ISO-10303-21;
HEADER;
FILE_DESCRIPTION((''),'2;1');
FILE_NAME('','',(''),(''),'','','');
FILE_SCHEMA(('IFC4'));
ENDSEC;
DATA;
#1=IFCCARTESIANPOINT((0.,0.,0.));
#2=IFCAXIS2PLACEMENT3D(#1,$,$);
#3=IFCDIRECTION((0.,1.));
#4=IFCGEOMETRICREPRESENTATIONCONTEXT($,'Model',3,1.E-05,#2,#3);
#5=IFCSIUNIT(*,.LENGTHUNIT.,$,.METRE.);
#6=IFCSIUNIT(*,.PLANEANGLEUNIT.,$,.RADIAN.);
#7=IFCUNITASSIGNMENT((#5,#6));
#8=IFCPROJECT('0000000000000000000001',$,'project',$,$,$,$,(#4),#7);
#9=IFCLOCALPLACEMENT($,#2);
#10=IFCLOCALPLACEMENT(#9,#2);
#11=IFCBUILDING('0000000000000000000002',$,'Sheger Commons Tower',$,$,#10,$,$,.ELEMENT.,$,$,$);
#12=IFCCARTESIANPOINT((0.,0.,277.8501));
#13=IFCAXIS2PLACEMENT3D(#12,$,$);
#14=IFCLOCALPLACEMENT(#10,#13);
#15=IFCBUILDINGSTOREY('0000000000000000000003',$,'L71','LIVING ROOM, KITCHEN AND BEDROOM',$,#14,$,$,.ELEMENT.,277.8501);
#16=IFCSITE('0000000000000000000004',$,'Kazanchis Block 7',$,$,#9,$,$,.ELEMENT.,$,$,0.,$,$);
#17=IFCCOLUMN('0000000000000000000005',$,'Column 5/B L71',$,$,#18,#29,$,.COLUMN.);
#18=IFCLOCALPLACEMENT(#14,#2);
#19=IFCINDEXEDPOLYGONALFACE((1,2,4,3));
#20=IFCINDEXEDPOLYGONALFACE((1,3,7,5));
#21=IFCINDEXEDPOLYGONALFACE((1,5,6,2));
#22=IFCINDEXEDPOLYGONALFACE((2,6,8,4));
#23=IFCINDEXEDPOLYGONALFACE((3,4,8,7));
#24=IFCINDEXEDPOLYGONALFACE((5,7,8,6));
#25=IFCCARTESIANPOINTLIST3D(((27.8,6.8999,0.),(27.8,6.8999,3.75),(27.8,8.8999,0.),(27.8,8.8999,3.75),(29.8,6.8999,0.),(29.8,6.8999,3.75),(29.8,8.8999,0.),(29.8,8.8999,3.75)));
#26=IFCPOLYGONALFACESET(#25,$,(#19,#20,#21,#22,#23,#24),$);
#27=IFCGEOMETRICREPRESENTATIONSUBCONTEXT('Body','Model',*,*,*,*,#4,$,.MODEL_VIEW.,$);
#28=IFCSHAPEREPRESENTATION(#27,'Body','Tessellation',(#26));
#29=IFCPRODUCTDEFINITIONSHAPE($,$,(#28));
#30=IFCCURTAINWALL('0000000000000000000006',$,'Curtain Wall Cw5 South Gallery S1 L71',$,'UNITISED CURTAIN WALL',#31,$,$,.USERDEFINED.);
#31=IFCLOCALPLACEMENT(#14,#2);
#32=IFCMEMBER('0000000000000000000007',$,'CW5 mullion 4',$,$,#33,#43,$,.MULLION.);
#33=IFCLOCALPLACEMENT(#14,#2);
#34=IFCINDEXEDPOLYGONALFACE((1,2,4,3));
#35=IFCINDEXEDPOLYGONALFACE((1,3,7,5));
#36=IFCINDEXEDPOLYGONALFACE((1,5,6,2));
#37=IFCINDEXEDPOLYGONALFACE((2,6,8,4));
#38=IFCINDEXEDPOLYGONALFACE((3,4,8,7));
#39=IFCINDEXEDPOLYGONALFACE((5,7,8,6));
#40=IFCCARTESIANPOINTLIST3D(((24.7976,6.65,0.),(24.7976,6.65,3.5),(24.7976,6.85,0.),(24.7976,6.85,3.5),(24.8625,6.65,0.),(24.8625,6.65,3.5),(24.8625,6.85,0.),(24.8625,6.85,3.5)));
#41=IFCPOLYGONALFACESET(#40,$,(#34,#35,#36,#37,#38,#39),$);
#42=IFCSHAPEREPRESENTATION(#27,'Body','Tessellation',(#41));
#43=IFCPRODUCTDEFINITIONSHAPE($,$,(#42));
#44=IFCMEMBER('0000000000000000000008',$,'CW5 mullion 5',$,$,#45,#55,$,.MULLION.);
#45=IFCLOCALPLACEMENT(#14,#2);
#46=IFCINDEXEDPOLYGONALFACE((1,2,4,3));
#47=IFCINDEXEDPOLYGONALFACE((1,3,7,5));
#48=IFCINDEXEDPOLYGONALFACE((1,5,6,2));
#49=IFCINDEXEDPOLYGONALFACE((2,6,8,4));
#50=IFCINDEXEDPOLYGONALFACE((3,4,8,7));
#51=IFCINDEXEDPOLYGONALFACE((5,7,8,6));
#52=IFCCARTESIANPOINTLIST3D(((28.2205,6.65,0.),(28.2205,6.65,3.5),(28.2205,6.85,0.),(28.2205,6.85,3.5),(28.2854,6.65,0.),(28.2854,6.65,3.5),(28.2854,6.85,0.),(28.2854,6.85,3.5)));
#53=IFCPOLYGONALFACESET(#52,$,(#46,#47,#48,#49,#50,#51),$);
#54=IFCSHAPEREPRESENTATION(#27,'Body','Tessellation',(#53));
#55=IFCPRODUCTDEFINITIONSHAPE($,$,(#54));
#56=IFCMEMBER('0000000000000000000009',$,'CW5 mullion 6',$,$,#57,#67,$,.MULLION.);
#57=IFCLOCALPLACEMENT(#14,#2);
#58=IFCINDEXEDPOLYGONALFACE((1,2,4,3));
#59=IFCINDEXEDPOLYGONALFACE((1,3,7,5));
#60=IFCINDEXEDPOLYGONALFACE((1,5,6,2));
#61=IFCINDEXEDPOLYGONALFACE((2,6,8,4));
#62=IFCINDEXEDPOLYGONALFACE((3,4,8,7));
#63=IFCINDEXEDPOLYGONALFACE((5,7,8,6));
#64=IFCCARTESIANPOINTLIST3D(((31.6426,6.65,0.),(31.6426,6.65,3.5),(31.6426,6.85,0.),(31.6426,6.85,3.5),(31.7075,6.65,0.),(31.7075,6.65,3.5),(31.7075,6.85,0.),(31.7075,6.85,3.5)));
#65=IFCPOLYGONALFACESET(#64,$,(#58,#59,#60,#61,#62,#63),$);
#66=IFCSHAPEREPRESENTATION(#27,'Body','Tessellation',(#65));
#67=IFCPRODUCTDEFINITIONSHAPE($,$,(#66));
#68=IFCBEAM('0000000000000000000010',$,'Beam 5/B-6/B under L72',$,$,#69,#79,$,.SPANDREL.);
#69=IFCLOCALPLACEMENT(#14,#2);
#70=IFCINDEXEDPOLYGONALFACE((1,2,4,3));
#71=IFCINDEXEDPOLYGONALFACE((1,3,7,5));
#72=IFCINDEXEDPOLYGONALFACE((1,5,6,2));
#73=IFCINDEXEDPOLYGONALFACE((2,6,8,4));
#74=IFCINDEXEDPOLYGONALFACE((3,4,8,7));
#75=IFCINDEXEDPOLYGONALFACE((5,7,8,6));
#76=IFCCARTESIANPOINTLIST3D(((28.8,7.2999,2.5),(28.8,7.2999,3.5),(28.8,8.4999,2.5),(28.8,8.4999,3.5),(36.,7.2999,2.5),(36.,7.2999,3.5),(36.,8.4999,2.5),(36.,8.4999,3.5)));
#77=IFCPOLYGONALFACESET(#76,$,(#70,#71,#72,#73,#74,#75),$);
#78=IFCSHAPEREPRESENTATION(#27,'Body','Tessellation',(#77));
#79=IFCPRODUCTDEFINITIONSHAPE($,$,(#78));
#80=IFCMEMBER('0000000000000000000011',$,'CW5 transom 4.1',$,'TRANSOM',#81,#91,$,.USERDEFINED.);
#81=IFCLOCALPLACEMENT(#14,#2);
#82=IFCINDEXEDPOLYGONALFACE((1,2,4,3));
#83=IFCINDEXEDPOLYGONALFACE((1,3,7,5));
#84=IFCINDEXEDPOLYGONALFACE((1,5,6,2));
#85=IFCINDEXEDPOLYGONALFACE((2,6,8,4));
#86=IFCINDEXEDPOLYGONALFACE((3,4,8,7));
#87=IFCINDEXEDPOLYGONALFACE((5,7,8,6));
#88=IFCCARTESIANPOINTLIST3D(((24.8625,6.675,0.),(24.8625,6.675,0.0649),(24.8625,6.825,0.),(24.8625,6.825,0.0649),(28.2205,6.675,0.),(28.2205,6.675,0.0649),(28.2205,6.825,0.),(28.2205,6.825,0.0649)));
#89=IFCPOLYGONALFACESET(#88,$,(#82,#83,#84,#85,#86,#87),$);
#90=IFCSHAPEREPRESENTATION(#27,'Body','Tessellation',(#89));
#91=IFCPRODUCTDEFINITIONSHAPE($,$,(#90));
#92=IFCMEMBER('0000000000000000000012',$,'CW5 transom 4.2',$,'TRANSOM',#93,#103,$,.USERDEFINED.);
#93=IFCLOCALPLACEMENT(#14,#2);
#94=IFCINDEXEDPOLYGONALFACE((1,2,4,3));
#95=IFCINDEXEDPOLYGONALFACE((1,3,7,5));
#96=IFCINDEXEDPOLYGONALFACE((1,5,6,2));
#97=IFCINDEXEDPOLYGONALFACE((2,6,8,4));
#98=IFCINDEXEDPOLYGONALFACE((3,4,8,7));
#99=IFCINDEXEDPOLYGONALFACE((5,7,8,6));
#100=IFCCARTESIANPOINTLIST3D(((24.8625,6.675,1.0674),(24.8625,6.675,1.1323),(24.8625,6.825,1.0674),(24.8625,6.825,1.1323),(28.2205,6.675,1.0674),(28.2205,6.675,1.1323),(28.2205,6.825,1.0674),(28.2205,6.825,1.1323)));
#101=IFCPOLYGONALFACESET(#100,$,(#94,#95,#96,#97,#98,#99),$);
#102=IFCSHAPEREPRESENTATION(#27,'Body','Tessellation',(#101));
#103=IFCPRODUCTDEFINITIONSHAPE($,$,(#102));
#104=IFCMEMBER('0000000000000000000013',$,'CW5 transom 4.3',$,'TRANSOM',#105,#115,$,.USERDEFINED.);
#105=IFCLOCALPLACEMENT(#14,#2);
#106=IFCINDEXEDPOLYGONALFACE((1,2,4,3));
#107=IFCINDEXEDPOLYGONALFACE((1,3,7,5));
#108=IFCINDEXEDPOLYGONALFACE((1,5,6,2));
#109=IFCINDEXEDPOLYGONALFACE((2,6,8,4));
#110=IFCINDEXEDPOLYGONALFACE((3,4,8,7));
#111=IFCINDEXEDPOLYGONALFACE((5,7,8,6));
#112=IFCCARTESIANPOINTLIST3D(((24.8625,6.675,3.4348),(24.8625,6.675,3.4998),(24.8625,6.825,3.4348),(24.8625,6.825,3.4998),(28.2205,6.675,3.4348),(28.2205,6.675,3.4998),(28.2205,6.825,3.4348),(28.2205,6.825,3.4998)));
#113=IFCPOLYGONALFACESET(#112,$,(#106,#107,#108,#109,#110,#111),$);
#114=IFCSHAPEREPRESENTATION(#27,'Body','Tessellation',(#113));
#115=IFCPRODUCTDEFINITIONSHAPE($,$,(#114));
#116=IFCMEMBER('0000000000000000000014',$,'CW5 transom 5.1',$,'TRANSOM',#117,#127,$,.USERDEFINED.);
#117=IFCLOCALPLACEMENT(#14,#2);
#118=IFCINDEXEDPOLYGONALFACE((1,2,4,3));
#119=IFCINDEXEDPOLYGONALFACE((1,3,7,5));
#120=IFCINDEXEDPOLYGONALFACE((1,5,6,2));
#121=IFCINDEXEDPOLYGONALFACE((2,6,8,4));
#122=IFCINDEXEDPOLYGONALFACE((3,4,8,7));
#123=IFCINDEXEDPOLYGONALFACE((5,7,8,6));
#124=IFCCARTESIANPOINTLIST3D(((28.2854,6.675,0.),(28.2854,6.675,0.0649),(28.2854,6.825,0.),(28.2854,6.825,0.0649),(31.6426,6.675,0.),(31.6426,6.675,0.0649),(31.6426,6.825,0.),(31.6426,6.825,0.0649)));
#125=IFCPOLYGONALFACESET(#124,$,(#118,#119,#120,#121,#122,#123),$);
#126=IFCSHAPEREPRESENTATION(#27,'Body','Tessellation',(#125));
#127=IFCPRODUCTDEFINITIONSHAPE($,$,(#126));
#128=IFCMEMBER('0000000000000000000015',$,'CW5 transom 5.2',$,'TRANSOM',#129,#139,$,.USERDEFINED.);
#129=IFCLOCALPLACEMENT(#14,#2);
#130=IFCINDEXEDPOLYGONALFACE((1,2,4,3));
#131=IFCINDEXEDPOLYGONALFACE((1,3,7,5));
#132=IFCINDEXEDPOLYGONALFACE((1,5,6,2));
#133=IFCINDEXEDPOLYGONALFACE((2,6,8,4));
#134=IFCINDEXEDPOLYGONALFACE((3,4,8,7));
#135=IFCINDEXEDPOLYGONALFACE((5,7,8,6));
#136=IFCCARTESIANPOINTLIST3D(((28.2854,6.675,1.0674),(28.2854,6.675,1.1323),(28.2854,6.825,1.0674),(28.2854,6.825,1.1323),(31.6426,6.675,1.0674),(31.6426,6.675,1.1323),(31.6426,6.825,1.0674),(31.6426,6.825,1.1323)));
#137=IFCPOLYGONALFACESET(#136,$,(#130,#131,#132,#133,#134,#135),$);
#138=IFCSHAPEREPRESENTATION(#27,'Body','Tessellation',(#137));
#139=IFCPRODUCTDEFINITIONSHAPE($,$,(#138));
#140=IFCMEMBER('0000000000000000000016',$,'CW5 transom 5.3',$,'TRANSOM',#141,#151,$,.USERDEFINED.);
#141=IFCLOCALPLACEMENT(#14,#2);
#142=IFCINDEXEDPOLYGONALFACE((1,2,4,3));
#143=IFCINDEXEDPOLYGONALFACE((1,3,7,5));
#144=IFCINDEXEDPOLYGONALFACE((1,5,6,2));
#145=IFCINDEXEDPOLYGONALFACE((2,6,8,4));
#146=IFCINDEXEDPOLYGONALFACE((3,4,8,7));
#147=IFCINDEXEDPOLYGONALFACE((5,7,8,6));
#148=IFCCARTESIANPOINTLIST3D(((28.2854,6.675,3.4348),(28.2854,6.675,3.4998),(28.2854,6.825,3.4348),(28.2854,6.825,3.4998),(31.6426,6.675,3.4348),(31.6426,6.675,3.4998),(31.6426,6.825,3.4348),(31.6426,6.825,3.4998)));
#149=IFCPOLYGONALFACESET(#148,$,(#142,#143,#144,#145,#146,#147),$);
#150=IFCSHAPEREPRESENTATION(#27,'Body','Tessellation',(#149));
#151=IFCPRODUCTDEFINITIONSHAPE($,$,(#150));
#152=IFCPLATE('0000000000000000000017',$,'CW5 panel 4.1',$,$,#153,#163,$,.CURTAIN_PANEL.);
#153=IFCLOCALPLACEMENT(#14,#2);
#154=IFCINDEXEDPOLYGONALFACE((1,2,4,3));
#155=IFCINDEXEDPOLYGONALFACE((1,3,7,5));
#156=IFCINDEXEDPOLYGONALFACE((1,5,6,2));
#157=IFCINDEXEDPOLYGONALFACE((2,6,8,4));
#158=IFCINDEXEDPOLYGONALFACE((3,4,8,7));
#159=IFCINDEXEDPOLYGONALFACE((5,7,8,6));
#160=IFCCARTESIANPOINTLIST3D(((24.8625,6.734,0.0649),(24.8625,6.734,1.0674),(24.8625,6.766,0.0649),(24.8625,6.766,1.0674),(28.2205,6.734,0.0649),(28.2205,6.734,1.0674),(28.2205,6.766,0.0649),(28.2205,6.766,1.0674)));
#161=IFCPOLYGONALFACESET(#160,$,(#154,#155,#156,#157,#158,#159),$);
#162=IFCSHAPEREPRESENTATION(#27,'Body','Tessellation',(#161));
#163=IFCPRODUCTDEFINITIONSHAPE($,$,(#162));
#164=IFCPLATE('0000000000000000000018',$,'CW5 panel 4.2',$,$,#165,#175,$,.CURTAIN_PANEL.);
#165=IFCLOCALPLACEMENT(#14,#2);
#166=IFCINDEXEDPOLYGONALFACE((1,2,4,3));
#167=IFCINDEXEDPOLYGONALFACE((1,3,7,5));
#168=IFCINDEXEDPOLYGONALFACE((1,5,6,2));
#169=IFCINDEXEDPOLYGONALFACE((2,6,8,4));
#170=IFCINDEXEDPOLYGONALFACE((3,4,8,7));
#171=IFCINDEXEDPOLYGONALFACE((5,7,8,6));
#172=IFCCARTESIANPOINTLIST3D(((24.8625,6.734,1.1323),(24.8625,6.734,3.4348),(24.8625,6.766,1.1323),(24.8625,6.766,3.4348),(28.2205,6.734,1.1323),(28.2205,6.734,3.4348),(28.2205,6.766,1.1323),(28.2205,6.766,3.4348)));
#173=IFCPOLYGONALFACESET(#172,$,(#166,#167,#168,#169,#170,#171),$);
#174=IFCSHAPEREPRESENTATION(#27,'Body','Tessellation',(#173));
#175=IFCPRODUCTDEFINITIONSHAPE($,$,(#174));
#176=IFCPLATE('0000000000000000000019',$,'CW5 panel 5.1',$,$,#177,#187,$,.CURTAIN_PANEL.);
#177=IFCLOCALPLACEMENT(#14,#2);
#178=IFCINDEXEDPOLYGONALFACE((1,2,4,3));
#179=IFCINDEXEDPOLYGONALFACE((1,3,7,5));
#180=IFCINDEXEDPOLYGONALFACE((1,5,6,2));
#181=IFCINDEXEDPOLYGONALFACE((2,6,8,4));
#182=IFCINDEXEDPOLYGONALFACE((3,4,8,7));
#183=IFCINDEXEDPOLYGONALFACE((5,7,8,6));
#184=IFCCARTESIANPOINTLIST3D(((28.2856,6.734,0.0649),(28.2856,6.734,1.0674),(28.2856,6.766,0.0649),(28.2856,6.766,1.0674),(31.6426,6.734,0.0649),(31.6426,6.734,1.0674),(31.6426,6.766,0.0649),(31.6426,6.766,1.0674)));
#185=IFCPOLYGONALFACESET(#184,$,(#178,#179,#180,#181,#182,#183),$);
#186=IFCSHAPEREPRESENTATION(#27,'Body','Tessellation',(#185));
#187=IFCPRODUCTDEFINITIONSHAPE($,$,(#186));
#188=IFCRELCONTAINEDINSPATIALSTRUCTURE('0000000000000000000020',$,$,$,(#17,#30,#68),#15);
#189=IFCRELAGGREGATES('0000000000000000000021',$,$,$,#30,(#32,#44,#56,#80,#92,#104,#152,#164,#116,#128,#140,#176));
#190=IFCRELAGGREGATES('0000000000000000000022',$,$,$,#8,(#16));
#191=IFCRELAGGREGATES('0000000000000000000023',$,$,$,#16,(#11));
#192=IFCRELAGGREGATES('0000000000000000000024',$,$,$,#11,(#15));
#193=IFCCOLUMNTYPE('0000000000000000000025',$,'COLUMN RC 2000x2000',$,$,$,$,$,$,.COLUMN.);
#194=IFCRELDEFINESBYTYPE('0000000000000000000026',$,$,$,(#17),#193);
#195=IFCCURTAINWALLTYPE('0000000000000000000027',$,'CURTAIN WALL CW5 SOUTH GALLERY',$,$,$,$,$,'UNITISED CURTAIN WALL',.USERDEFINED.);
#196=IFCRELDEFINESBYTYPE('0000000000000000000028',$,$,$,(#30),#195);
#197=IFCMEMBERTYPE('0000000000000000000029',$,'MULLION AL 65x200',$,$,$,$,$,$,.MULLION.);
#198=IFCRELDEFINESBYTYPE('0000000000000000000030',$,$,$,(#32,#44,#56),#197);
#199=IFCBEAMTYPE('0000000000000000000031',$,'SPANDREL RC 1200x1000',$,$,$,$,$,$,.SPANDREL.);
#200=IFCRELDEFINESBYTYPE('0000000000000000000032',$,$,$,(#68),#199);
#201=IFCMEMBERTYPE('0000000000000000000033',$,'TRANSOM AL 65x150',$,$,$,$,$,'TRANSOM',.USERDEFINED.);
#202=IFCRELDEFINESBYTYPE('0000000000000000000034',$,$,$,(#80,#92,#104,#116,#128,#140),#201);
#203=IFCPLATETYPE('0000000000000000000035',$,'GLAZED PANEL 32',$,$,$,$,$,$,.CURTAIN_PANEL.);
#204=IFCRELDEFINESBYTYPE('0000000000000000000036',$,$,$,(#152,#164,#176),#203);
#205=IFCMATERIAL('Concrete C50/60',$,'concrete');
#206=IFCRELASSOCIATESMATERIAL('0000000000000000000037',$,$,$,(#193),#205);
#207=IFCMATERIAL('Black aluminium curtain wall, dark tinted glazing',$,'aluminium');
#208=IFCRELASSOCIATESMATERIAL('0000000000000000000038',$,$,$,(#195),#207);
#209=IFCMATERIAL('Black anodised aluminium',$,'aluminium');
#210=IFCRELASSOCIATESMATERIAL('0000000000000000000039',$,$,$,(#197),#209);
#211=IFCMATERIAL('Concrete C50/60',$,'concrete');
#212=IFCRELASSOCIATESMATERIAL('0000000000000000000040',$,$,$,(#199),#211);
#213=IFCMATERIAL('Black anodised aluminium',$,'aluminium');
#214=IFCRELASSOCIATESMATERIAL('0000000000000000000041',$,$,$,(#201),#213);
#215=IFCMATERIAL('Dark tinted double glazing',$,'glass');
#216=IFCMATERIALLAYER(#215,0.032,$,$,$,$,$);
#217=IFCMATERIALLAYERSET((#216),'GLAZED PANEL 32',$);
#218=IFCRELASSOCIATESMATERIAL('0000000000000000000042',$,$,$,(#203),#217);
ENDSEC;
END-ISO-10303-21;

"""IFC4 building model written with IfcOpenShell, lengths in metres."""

from ifc_helpers import new_model, si_unit, direction, frame, origin, origin_2d, place, context, subcontext, project, spatial, rectangle, extrude, material, layer, layer_set, material_profile, profile_set, type_object, element, aggregate, save


model = new_model("IFC4")

# Units and contexts
model_context = context("Model", 3, precision=1e-05, world=origin(), true_north=direction((0.0, 1.0)))
body_context = subcontext(model_context, "Body", "Model", "MODEL_VIEW")
ifc_project = project(units=[si_unit("LENGTHUNIT", "METRE"), si_unit("PLANEANGLEUNIT", "RADIAN")], contexts=[model_context])

# Site, building, storey
site_placement = place(None, origin())
site = spatial("IfcSite", under=ifc_project, at=site_placement, Name="Kazanchis Block 7", CompositionType="ELEMENT", RefElevation=0.0)
building_placement = place(site_placement, origin())
building = spatial("IfcBuilding", under=site, at=building_placement, Name="Sheger Commons Tower", CompositionType="ELEMENT")
storey_placement = place(building_placement, frame((0.0, 0.0, 277.8501)))
storey = spatial("IfcBuildingStorey", under=building, at=storey_placement, Name="L71", Description="LIVING ROOM, KITCHEN AND BEDROOM", CompositionType="ELEMENT", Elevation=277.8501)

# Column
ifc_material_1 = material(Name="Concrete C50/60", Category="concrete")
ifc_material_profile_1 = material_profile(ifc_material_1, rectangle(XDim=2.0, YDim=2.0, at=origin_2d()), Name="RC 2000x2000")
ifc_profile_set_1 = profile_set([ifc_material_profile_1], Name="Concrete C50/60")
column_type = type_object("IfcColumnType", Name="COLUMN RC 2000x2000", PredefinedType="COLUMN", material=ifc_profile_set_1)
column_placement = place(storey_placement, frame((28.8, 7.8999, 0.0), z_axis=(0.0, 0.0, 1.0), x_axis=(1.0, 0.0, 0.0)))
element("IfcColumn", 1, at=column_placement, inside=storey, type_object=column_type, Name="Column 5/B L71", PredefinedType="COLUMN", context=body_context, shape_type="SweptSolid", body=[
    extrude(rectangle(XDim=2.0, YDim=2.0, at=origin_2d()), origin(), (0.0, 0.0, 1.0), 3.75),
])

# Curtain wall, members
ifc_material_2 = material(Name="Black aluminium curtain wall, dark tinted glazing", Category="aluminium")
curtain_wall_type = type_object("IfcCurtainWallType", Name="CURTAIN WALL CW5 SOUTH GALLERY", ElementType="UNITISED CURTAIN WALL", PredefinedType="USERDEFINED", material=ifc_material_2)
curtain_wall_placement = place(storey_placement, origin())
curtain_wall = element("IfcCurtainWall", 2, at=curtain_wall_placement, inside=storey, type_object=curtain_wall_type, Name="Curtain Wall Cw5 South Gallery S1 L71", ObjectType="UNITISED CURTAIN WALL", PredefinedType="USERDEFINED")
ifc_material_3 = material(Name="Black anodised aluminium", Category="aluminium")
ifc_material_profile_2 = material_profile(ifc_material_3, rectangle(XDim=0.2, YDim=0.0649, at=origin_2d()), Name="AL 65x200")
ifc_profile_set_2 = profile_set([ifc_material_profile_2], Name="Black anodised aluminium")
member_type_1 = type_object("IfcMemberType", Name="MULLION AL 65x200", PredefinedType="MULLION", material=ifc_profile_set_2)
member_1_placement = place(storey_placement, frame((24.8301, 6.75, 0.0), z_axis=(0.0, 0.0, 1.0), x_axis=(0.0, 1.0, 0.0)))
member_1 = element("IfcMember", 3, at=member_1_placement, type_object=member_type_1, Name="CW5 mullion 4", PredefinedType="MULLION", context=body_context, shape_type="SweptSolid", body=[
    extrude(rectangle(XDim=0.2, YDim=0.0649, at=origin_2d()), origin(), (0.0, 0.0, 1.0), 3.5),
])
member_2_placement = place(storey_placement, frame((28.2529, 6.75, 0.0), z_axis=(0.0, 0.0, 1.0), x_axis=(0.0, 1.0, 0.0)))
member_2 = element("IfcMember", 4, at=member_2_placement, type_object=member_type_1, Name="CW5 mullion 5", PredefinedType="MULLION", context=body_context, shape_type="SweptSolid", body=[
    extrude(rectangle(XDim=0.2, YDim=0.0649, at=origin_2d()), origin(), (0.0, 0.0, 1.0), 3.5),
])
member_3_placement = place(storey_placement, frame((31.675, 6.75, 0.0), z_axis=(0.0, 0.0, 1.0), x_axis=(0.0, 1.0, 0.0)))
member_3 = element("IfcMember", 5, at=member_3_placement, type_object=member_type_1, Name="CW5 mullion 6", PredefinedType="MULLION", context=body_context, shape_type="SweptSolid", body=[
    extrude(rectangle(XDim=0.2, YDim=0.0649, at=origin_2d()), origin(), (0.0, 0.0, 1.0), 3.5),
])

# Beam
ifc_material_4 = material(Name="Concrete C50/60", Category="concrete")
ifc_material_profile_3 = material_profile(ifc_material_4, rectangle(XDim=1.2, YDim=1.0, at=origin_2d()), Name="RC 1200x1000")
ifc_profile_set_3 = profile_set([ifc_material_profile_3], Name="Concrete C50/60")
beam_type = type_object("IfcBeamType", Name="SPANDREL RC 1200x1000", PredefinedType="SPANDREL", material=ifc_profile_set_3)
beam_placement = place(storey_placement, frame((28.8, 7.8999, 3.0), z_axis=(1.0, 0.0, 0.0), x_axis=(0.0, 1.0, 0.0)))
element("IfcBeam", 6, at=beam_placement, inside=storey, type_object=beam_type, Name="Beam 5/B-6/B under L72", PredefinedType="SPANDREL", context=body_context, shape_type="SweptSolid", body=[
    extrude(rectangle(XDim=1.2, YDim=1.0, at=origin_2d()), origin(), (0.0, 0.0, 1.0), 7.2),
])

# Members
ifc_material_5 = material(Name="Black anodised aluminium", Category="aluminium")
ifc_material_profile_4 = material_profile(ifc_material_5, rectangle(XDim=0.1499, YDim=0.0649, at=origin_2d()), Name="AL 65x150")
ifc_profile_set_4 = profile_set([ifc_material_profile_4], Name="Black anodised aluminium")
member_type_2 = type_object("IfcMemberType", Name="TRANSOM AL 65x150", ElementType="TRANSOM", PredefinedType="USERDEFINED", material=ifc_profile_set_4)
member_4_placement = place(storey_placement, frame((24.8625, 6.75, 0.0325), z_axis=(1.0, 0.0, 0.0), x_axis=(0.0, 1.0, 0.0)))
member_4 = element("IfcMember", 7, at=member_4_placement, type_object=member_type_2, Name="CW5 transom 4.1", ObjectType="TRANSOM", PredefinedType="USERDEFINED", context=body_context, shape_type="SweptSolid", body=[
    extrude(rectangle(XDim=0.1499, YDim=0.0649, at=origin_2d()), origin(), (0.0, 0.0, 1.0), 3.3579),
])
member_5_placement = place(storey_placement, frame((24.8625, 6.75, 1.0999), z_axis=(1.0, 0.0, 0.0), x_axis=(0.0, 1.0, 0.0)))
member_5 = element("IfcMember", 8, at=member_5_placement, type_object=member_type_2, Name="CW5 transom 4.2", ObjectType="TRANSOM", PredefinedType="USERDEFINED", context=body_context, shape_type="SweptSolid", body=[
    extrude(rectangle(XDim=0.1499, YDim=0.0649, at=origin_2d()), origin(), (0.0, 0.0, 1.0), 3.3579),
])
member_6_placement = place(storey_placement, frame((24.8625, 6.75, 3.4673), z_axis=(1.0, 0.0, 0.0), x_axis=(0.0, 1.0, 0.0)))
member_6 = element("IfcMember", 9, at=member_6_placement, type_object=member_type_2, Name="CW5 transom 4.3", ObjectType="TRANSOM", PredefinedType="USERDEFINED", context=body_context, shape_type="SweptSolid", body=[
    extrude(rectangle(XDim=0.1499, YDim=0.0649, at=origin_2d()), origin(), (0.0, 0.0, 1.0), 3.3579),
])
member_7_placement = place(storey_placement, frame((28.2854, 6.75, 0.0325), z_axis=(1.0, 0.0, 0.0), x_axis=(0.0, 1.0, 0.0)))
member_7 = element("IfcMember", 10, at=member_7_placement, type_object=member_type_2, Name="CW5 transom 5.1", ObjectType="TRANSOM", PredefinedType="USERDEFINED", context=body_context, shape_type="SweptSolid", body=[
    extrude(rectangle(XDim=0.1499, YDim=0.0649, at=origin_2d()), origin(), (0.0, 0.0, 1.0), 3.3572),
])
member_8_placement = place(storey_placement, frame((28.2854, 6.75, 1.0999), z_axis=(1.0, 0.0, 0.0), x_axis=(0.0, 1.0, 0.0)))
member_8 = element("IfcMember", 11, at=member_8_placement, type_object=member_type_2, Name="CW5 transom 5.2", ObjectType="TRANSOM", PredefinedType="USERDEFINED", context=body_context, shape_type="SweptSolid", body=[
    extrude(rectangle(XDim=0.1499, YDim=0.0649, at=origin_2d()), origin(), (0.0, 0.0, 1.0), 3.3572),
])
member_9_placement = place(storey_placement, frame((28.2854, 6.75, 3.4673), z_axis=(1.0, 0.0, 0.0), x_axis=(0.0, 1.0, 0.0)))
member_9 = element("IfcMember", 12, at=member_9_placement, type_object=member_type_2, Name="CW5 transom 5.3", ObjectType="TRANSOM", PredefinedType="USERDEFINED", context=body_context, shape_type="SweptSolid", body=[
    extrude(rectangle(XDim=0.1499, YDim=0.0649, at=origin_2d()), origin(), (0.0, 0.0, 1.0), 3.3572),
])

# Plates
ifc_material_6 = material(Name="Dark tinted double glazing", Category="glass")
ifc_layer_1 = layer(ifc_material_6, 0.032)
ifc_layer_set_1 = layer_set([ifc_layer_1], Name="GLAZED PANEL 32")
plate_type_1 = type_object("IfcPlateType", Name="GLAZED PANEL 32", PredefinedType="CURTAIN_PANEL", material=ifc_layer_set_1)
plate_1_placement = place(storey_placement, frame((26.5415, 6.75, 0.0649), z_axis=(0.0, 0.0, 1.0), x_axis=(1.0, 0.0, 0.0)))
plate_1 = element("IfcPlate", 13, at=plate_1_placement, type_object=plate_type_1, Name="CW5 panel 4.1", PredefinedType="CURTAIN_PANEL", context=body_context, shape_type="SweptSolid", body=[
    extrude(rectangle(XDim=3.3579, YDim=0.032, at=origin_2d()), origin(), (0.0, 0.0, 1.0), 1.0024),
])
plate_2_placement = place(storey_placement, frame((26.5415, 6.75, 1.1323), z_axis=(0.0, 0.0, 1.0), x_axis=(1.0, 0.0, 0.0)))
plate_2 = element("IfcPlate", 14, at=plate_2_placement, type_object=plate_type_1, Name="CW5 panel 4.2", PredefinedType="CURTAIN_PANEL", context=body_context, shape_type="SweptSolid", body=[
    extrude(rectangle(XDim=3.3579, YDim=0.032, at=origin_2d()), origin(), (0.0, 0.0, 1.0), 2.3025),
])
plate_3_placement = place(storey_placement, frame((29.9641, 6.75, 0.0649), z_axis=(0.0, 0.0, 1.0), x_axis=(1.0, 0.0, 0.0)))
plate_3 = element("IfcPlate", 15, at=plate_3_placement, type_object=plate_type_1, Name="CW5 panel 5.1", PredefinedType="CURTAIN_PANEL", context=body_context, shape_type="SweptSolid", body=[
    extrude(rectangle(XDim=3.3569, YDim=0.032, at=origin_2d()), origin(), (0.0, 0.0, 1.0), 1.0024),
])
aggregate(curtain_wall, [member_1, member_2, member_3, member_4, member_5, member_6, plate_1, plate_2, member_7, member_8, member_9, plate_3])

save(model, "model.ifc")
